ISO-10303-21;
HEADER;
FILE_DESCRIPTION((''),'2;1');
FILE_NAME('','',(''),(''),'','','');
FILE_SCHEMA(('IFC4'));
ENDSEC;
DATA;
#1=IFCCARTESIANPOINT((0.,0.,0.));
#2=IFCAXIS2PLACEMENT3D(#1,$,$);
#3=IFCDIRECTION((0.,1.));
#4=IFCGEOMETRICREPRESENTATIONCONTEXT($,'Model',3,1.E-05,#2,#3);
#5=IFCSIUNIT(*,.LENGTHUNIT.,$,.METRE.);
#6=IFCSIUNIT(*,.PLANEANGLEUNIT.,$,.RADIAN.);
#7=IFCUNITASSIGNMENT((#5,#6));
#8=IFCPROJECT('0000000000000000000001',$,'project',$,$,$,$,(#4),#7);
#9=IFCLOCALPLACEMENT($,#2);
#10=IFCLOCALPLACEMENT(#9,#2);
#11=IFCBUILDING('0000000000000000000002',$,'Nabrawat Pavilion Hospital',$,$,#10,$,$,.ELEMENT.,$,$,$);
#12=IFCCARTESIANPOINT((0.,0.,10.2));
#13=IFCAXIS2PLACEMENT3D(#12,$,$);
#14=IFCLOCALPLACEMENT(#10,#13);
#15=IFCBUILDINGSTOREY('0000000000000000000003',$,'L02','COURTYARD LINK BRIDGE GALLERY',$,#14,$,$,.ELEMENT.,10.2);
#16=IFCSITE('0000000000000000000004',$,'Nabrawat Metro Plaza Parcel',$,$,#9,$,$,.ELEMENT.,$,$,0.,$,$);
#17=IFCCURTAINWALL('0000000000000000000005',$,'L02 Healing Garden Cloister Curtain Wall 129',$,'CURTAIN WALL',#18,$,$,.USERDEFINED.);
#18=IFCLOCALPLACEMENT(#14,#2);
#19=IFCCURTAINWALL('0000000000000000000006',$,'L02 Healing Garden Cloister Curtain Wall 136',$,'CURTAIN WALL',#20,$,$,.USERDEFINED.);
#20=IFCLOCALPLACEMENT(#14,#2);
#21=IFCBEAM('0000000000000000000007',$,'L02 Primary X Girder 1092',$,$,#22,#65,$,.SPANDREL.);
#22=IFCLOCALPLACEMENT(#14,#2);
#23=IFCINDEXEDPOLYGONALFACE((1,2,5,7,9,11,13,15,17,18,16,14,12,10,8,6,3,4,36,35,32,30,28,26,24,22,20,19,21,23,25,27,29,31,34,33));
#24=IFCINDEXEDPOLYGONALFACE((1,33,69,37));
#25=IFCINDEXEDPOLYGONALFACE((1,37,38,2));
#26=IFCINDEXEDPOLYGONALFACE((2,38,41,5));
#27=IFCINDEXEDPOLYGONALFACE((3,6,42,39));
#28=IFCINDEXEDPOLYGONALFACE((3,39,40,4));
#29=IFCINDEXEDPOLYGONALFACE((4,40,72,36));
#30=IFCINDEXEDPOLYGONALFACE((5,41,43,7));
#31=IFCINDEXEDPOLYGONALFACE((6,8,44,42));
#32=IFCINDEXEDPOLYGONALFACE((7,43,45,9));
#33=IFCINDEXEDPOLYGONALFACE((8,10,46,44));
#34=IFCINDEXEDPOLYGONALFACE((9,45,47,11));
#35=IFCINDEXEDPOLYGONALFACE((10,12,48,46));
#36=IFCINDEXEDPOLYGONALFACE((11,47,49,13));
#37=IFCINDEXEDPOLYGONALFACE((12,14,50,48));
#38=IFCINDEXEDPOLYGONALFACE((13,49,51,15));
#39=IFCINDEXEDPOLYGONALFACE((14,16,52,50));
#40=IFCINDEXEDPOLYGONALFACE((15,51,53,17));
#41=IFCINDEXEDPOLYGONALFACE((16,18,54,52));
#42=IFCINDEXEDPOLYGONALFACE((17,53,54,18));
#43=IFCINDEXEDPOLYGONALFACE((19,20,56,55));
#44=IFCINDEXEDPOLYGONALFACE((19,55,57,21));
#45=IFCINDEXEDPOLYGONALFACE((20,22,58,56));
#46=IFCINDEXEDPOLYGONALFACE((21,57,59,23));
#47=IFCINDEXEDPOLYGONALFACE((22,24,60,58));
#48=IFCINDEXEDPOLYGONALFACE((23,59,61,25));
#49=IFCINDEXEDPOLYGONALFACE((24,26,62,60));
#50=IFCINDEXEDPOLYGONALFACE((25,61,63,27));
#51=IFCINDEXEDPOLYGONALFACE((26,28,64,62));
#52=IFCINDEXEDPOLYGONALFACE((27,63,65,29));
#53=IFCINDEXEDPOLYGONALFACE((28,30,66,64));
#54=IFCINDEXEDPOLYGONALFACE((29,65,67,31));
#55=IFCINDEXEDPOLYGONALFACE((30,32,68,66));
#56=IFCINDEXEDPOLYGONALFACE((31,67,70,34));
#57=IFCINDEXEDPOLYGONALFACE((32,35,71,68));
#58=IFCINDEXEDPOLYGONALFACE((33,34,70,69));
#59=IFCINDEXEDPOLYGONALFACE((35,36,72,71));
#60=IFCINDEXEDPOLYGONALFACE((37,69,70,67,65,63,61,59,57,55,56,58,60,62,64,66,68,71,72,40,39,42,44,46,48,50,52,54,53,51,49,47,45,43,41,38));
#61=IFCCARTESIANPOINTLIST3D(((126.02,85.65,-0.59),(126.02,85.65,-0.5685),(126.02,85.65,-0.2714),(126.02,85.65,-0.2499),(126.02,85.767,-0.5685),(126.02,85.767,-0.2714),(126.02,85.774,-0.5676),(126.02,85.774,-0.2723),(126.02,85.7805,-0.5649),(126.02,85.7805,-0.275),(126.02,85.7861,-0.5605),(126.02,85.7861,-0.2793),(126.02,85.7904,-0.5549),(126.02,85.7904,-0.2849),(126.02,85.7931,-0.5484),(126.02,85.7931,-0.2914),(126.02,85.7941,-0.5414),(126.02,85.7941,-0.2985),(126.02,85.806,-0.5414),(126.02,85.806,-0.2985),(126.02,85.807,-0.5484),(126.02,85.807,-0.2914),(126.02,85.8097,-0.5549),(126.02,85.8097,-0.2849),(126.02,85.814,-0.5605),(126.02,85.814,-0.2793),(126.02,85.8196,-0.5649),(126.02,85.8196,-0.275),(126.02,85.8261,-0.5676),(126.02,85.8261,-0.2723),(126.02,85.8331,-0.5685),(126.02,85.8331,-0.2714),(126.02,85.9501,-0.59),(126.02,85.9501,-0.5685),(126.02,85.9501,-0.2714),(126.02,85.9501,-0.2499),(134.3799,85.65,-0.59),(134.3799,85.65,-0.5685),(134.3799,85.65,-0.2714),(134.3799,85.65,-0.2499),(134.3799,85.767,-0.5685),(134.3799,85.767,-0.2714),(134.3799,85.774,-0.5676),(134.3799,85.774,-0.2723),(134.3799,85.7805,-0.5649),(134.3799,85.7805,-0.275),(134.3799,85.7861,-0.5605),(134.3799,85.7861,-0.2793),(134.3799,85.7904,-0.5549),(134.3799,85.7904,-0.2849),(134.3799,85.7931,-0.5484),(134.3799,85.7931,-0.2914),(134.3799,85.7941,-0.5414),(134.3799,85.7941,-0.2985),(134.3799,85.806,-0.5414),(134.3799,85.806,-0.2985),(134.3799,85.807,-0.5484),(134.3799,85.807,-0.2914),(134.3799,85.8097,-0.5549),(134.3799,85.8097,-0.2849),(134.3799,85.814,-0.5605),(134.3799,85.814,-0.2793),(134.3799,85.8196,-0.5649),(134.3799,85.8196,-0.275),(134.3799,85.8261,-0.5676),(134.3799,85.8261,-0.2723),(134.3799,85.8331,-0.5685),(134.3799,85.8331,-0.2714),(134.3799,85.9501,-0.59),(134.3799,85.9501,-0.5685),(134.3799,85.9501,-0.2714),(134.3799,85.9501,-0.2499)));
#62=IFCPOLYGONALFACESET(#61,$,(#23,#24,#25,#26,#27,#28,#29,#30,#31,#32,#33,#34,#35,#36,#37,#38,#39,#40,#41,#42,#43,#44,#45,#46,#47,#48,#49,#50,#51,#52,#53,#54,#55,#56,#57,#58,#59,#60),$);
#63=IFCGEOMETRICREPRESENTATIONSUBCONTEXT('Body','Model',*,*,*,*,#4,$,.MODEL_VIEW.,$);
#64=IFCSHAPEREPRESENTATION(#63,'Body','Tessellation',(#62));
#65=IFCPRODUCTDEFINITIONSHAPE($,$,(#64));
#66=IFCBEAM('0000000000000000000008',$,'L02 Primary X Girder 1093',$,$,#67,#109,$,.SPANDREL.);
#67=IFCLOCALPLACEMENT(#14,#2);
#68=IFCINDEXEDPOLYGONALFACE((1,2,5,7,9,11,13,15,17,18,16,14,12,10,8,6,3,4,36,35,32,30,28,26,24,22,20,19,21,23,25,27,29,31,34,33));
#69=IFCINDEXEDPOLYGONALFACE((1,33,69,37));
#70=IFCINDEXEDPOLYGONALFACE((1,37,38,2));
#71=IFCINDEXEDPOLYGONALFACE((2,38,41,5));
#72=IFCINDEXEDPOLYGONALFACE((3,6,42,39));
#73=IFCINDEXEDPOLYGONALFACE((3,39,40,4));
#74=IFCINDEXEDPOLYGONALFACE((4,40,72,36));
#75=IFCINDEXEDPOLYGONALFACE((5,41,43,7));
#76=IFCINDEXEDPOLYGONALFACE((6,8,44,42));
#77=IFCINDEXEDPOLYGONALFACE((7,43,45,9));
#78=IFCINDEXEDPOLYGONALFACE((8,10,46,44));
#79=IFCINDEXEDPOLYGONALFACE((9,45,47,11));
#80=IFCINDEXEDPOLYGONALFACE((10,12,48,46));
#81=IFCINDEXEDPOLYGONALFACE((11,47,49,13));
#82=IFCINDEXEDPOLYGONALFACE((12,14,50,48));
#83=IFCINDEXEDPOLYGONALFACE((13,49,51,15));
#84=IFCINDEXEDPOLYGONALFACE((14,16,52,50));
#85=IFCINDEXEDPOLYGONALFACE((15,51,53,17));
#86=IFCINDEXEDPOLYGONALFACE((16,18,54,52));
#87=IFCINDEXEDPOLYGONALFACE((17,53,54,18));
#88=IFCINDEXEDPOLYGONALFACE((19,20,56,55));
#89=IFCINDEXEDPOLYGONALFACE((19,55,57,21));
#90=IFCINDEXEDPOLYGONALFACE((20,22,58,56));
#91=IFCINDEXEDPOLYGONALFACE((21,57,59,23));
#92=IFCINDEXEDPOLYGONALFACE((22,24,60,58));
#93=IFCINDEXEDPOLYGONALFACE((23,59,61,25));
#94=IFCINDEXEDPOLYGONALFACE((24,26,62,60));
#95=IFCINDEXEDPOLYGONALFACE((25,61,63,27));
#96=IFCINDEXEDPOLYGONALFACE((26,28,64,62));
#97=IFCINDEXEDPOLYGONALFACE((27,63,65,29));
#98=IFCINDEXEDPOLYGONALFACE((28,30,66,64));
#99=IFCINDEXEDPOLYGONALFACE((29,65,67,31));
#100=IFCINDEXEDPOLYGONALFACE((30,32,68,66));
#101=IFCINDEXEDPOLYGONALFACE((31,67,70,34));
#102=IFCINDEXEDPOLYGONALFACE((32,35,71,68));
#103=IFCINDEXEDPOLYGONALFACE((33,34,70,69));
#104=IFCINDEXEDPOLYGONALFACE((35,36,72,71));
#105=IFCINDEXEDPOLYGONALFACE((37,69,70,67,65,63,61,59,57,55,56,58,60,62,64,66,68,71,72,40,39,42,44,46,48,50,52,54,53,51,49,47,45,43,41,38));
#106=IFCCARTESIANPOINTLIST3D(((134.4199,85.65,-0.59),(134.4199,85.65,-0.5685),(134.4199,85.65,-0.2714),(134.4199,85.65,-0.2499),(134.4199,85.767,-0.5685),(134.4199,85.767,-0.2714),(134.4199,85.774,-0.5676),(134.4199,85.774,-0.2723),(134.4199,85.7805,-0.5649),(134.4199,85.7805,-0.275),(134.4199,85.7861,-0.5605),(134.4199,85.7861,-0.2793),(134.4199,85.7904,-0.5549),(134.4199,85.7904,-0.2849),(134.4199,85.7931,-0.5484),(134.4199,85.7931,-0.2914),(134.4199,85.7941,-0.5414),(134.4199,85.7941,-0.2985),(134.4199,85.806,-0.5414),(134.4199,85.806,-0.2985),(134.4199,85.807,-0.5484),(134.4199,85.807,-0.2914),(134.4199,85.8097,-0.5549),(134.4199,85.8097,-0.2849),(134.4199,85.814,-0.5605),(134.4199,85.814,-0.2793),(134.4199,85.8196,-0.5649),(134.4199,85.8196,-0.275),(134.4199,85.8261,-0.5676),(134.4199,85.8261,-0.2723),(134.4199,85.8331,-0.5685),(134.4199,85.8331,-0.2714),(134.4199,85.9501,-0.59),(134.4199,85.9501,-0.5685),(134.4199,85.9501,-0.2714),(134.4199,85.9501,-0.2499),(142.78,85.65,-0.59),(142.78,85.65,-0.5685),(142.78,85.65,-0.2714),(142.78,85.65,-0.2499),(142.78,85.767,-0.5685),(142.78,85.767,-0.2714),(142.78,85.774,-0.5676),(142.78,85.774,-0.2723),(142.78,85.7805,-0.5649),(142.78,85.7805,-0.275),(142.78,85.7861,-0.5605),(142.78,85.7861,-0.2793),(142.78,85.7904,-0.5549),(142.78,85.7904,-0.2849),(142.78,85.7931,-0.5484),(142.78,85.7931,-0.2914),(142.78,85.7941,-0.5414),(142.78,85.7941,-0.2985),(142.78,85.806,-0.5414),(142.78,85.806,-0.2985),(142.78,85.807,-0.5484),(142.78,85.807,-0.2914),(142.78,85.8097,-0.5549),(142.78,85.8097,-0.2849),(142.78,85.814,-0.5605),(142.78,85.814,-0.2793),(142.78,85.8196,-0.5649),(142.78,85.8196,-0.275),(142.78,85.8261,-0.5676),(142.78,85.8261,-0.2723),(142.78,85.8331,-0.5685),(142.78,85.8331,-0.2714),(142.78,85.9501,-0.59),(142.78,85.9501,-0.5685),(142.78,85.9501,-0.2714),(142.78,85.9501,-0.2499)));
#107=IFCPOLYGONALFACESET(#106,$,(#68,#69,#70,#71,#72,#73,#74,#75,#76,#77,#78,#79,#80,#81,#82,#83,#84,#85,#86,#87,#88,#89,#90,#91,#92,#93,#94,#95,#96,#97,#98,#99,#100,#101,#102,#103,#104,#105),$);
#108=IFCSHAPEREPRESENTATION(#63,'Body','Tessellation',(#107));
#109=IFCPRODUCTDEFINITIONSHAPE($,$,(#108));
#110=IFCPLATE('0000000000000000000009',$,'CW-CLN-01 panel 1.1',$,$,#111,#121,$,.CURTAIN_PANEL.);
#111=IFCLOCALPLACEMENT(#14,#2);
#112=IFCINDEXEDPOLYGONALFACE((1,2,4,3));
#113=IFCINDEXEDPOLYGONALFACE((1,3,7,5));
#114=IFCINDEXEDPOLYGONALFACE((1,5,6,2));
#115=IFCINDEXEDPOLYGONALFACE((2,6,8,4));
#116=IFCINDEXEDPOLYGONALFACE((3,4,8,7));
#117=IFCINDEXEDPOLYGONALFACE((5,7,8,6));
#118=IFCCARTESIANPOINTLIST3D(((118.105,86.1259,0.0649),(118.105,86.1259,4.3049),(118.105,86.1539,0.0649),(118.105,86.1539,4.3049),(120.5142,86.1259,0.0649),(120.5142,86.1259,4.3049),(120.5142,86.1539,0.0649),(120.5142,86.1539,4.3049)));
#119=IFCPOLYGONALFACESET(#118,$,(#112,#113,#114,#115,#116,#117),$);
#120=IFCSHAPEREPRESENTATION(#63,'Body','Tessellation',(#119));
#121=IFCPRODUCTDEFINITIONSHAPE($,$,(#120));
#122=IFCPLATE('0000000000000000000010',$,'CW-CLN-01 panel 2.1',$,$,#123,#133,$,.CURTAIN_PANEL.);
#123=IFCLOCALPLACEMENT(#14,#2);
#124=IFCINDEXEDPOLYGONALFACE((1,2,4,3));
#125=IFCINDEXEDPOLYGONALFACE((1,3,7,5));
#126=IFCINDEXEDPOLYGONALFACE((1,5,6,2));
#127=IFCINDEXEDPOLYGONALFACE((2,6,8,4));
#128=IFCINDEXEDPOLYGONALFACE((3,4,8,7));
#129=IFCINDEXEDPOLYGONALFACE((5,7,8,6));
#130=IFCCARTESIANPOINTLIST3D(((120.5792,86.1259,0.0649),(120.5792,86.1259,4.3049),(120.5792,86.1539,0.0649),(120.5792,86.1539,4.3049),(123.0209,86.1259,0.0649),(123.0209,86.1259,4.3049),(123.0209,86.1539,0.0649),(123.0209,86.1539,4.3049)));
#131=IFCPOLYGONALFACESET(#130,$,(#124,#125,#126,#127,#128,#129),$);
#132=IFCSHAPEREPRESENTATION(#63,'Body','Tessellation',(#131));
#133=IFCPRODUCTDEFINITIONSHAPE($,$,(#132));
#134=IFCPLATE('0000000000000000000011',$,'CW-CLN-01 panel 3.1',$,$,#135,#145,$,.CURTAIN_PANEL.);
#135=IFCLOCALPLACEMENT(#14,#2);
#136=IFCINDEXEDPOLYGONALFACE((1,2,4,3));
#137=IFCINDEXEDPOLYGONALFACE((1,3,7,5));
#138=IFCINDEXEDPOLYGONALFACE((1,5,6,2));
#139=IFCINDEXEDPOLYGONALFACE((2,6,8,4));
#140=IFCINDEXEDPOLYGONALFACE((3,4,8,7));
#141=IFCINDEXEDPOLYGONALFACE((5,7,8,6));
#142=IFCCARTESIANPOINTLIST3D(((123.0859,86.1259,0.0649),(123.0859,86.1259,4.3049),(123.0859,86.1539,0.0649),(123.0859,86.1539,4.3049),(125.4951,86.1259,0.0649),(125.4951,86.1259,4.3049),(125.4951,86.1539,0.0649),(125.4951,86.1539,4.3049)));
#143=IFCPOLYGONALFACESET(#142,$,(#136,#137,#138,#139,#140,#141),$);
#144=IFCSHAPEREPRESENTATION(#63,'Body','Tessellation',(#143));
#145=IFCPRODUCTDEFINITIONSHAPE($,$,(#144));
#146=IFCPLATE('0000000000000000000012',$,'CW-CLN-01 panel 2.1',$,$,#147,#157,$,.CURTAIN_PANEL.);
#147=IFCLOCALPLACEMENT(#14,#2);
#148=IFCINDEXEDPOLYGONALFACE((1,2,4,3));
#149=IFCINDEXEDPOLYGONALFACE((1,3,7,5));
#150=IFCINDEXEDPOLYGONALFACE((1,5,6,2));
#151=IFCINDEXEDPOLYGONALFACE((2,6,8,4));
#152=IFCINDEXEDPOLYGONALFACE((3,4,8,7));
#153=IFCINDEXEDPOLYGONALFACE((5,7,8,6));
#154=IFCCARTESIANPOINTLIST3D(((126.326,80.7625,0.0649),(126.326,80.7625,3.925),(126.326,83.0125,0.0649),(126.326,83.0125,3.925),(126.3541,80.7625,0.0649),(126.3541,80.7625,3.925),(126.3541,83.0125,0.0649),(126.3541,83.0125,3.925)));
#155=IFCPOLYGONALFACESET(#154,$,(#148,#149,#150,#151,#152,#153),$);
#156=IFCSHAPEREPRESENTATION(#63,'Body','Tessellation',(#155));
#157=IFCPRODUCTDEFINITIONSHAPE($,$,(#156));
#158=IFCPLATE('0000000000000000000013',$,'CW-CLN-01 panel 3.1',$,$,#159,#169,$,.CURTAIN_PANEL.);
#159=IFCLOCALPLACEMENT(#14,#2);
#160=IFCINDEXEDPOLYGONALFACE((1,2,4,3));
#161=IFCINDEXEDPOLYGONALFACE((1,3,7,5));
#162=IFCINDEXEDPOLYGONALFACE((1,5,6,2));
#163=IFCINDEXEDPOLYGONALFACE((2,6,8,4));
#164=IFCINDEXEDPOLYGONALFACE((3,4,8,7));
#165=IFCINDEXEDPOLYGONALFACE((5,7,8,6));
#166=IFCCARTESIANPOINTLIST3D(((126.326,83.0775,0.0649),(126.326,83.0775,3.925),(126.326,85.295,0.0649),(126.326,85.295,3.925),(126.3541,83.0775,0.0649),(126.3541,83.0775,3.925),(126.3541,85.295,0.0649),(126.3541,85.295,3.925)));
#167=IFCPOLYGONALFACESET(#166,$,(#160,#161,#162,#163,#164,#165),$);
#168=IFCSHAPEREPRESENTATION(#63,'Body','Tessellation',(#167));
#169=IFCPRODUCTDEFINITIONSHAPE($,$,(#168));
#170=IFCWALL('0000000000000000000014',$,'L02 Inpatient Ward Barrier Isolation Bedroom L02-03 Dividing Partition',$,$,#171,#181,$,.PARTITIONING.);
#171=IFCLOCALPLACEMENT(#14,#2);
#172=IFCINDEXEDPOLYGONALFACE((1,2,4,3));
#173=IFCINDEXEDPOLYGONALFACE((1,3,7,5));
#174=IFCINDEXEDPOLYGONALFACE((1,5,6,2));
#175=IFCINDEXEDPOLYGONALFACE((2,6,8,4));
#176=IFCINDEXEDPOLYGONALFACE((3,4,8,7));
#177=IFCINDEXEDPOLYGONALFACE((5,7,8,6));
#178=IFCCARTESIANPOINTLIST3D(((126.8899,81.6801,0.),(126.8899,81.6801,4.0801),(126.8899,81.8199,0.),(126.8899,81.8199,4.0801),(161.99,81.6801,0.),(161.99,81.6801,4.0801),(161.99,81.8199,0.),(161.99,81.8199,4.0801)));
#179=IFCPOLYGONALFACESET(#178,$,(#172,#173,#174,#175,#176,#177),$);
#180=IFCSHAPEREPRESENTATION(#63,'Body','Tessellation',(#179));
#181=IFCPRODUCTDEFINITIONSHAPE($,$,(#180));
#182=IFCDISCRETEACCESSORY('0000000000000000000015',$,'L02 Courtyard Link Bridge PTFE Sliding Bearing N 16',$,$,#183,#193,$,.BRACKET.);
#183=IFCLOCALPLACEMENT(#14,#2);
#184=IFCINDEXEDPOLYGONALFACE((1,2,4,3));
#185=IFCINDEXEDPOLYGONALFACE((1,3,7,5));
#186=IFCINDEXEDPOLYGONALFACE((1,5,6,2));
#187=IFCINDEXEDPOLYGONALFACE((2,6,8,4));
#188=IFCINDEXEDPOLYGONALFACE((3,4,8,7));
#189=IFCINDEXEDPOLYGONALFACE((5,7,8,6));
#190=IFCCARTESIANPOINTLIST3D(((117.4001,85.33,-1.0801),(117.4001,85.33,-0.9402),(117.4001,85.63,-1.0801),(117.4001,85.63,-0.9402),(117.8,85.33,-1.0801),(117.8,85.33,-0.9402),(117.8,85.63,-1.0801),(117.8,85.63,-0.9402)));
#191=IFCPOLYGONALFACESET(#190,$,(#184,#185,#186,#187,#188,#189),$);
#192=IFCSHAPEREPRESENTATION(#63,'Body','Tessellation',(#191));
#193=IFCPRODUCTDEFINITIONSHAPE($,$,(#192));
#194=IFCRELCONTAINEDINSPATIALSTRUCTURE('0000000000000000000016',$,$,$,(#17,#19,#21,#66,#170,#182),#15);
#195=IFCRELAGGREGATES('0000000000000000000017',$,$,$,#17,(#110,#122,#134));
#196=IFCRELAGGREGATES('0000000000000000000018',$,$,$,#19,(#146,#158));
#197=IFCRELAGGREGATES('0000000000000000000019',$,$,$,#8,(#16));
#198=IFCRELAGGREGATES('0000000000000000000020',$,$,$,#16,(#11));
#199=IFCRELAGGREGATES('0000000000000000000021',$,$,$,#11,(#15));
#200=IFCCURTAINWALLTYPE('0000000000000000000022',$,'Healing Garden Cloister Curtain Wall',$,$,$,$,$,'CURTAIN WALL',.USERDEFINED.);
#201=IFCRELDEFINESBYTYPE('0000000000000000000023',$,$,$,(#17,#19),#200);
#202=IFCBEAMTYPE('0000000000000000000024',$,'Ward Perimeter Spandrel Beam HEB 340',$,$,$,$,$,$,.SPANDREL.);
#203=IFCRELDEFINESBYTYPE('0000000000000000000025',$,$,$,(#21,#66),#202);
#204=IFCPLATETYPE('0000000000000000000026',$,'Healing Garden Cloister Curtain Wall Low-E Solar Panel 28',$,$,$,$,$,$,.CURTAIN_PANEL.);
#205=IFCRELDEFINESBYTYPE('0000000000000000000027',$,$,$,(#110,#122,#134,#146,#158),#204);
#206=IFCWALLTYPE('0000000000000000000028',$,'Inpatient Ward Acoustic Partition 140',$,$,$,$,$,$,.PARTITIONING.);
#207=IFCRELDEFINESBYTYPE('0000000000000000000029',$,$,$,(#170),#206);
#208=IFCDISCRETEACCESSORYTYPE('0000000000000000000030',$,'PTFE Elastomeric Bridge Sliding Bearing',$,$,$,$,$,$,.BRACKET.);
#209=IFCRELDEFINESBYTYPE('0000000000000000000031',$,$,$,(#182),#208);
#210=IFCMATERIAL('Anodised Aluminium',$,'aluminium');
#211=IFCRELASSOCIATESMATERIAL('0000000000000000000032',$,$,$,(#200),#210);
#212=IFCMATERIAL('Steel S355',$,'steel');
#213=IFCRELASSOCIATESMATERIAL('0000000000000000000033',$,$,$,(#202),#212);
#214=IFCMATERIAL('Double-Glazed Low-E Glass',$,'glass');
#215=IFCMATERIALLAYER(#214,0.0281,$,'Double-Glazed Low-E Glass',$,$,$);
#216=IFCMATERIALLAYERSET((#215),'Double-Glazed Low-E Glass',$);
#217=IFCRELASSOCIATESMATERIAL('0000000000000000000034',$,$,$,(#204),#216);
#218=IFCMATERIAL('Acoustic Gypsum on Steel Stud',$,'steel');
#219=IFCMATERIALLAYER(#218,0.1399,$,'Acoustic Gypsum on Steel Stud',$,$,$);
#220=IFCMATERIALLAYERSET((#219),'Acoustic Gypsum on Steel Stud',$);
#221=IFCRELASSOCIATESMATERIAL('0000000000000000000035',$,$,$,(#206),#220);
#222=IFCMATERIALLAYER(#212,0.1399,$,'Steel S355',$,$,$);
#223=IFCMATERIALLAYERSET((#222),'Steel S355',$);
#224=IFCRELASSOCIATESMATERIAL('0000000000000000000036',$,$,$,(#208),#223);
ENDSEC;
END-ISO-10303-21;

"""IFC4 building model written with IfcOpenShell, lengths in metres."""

from ifc_helpers import new_model, si_unit, direction, frame, frame_2d, origin, origin_2d, place, context, subcontext, project, spatial, rectangle, i_section, extrude, material, layer, layer_set, material_profile, profile_set, type_object, element, aggregate, save


model = new_model("IFC4")

# Units and contexts
model_context = context("Model", 3, precision=1e-05, world=origin(), true_north=direction((0.0, 1.0)))
body_context = subcontext(model_context, "Body", "Model", "MODEL_VIEW")
ifc_project = project(units=[si_unit("LENGTHUNIT", "METRE"), si_unit("PLANEANGLEUNIT", "RADIAN")], contexts=[model_context])

# Site, building, storey
site_placement = place(None, origin())
site = spatial("IfcSite", under=ifc_project, at=site_placement, Name="Nabrawat Metro Plaza Parcel", CompositionType="ELEMENT", RefElevation=0.0)
building_placement = place(site_placement, origin())
building = spatial("IfcBuilding", under=site, at=building_placement, Name="Nabrawat Pavilion Hospital", CompositionType="ELEMENT")
storey_placement = place(building_placement, frame((0.0, 0.0, 10.2)))
storey = spatial("IfcBuildingStorey", under=building, at=storey_placement, Name="L02", Description="COURTYARD LINK BRIDGE GALLERY", CompositionType="ELEMENT", Elevation=10.2)

# Shared definitions
ifc_material_1 = material(Name="Steel S355", Category="steel")

# Curtain walls
ifc_material_2 = material(Name="Anodised Aluminium", Category="aluminium")
curtain_wall_type = type_object("IfcCurtainWallType", Name="Healing Garden Cloister Curtain Wall", ElementType="CURTAIN WALL", PredefinedType="USERDEFINED", material=ifc_material_2)
curtain_wall_1_placement = place(storey_placement, origin())
curtain_wall_1 = element("IfcCurtainWall", 1, at=curtain_wall_1_placement, inside=storey, type_object=curtain_wall_type, Name="L02 Healing Garden Cloister Curtain Wall 129", ObjectType="CURTAIN WALL", PredefinedType="USERDEFINED")
curtain_wall_2_placement = place(storey_placement, origin())
curtain_wall_2 = element("IfcCurtainWall", 2, at=curtain_wall_2_placement, inside=storey, type_object=curtain_wall_type, Name="L02 Healing Garden Cloister Curtain Wall 136", ObjectType="CURTAIN WALL", PredefinedType="USERDEFINED")

# Beams
ifc_material_profile_1 = material_profile(ifc_material_1, i_section(OverallWidth=0.3, OverallDepth=0.3401, WebThickness=0.012, FlangeThickness=0.0215, FilletRadius=0.0271, at=origin_2d()), Name="HEB 340")
ifc_profile_set_1 = profile_set([ifc_material_profile_1], Name="Steel S355")
beam_type_1 = type_object("IfcBeamType", Name="Ward Perimeter Spandrel Beam HEB 340", PredefinedType="SPANDREL", material=ifc_profile_set_1)
beam_1_placement = place(storey_placement, frame((126.02, 85.8, -0.4199), z_axis=(1.0, 0.0, 0.0), x_axis=(0.0, 1.0, 0.0)))
element("IfcBeam", 3, at=beam_1_placement, inside=storey, type_object=beam_type_1, Name="L02 Primary X Girder 1092", PredefinedType="SPANDREL", context=body_context, shape_type="SweptSolid", body=[
    extrude(i_section(OverallWidth=0.3, OverallDepth=0.3401, WebThickness=0.012, FlangeThickness=0.0215, FilletRadius=0.0271, at=origin_2d()), origin(), (0.0, 0.0, 1.0), 8.3599),
])
beam_2_placement = place(storey_placement, frame((134.4199, 85.8, -0.4199), z_axis=(1.0, 0.0, 0.0), x_axis=(0.0, 1.0, 0.0)))
element("IfcBeam", 4, at=beam_2_placement, inside=storey, type_object=beam_type_1, Name="L02 Primary X Girder 1093", PredefinedType="SPANDREL", context=body_context, shape_type="SweptSolid", body=[
    extrude(i_section(OverallWidth=0.3, OverallDepth=0.3401, WebThickness=0.012, FlangeThickness=0.0215, FilletRadius=0.0271, at=origin_2d()), origin(), (0.0, 0.0, 1.0), 8.3601),
])

# Plates
ifc_material_3 = material(Name="Double-Glazed Low-E Glass", Category="glass")
ifc_layer_1 = layer(ifc_material_3, 0.0281, Name="Double-Glazed Low-E Glass")
ifc_layer_set_1 = layer_set([ifc_layer_1], Name="Double-Glazed Low-E Glass")
plate_type = type_object("IfcPlateType", Name="Healing Garden Cloister Curtain Wall Low-E Solar Panel 28", PredefinedType="CURTAIN_PANEL", material=ifc_layer_set_1)
plate_1_placement = place(storey_placement, frame((119.3096, 86.1399, 0.0649), z_axis=(0.0, 0.0, 1.0), x_axis=(1.0, 0.0, 0.0)))
plate_1 = element("IfcPlate", 5, at=plate_1_placement, type_object=plate_type, Name="CW-CLN-01 panel 1.1", PredefinedType="CURTAIN_PANEL", context=body_context, shape_type="SweptSolid", body=[
    extrude(rectangle(XDim=2.4092, YDim=0.0281, at=origin_2d()), origin(), (0.0, 0.0, 1.0), 4.24),
])
plate_2_placement = place(storey_placement, frame((121.8, 86.1399, 0.0649), z_axis=(0.0, 0.0, 1.0), x_axis=(1.0, 0.0, 0.0)))
plate_2 = element("IfcPlate", 6, at=plate_2_placement, type_object=plate_type, Name="CW-CLN-01 panel 2.1", PredefinedType="CURTAIN_PANEL", context=body_context, shape_type="SweptSolid", body=[
    extrude(rectangle(XDim=2.4417, YDim=0.0281, at=origin_2d()), origin(), (0.0, 0.0, 1.0), 4.24),
])
plate_3_placement = place(storey_placement, frame((124.2905, 86.1399, 0.0649), z_axis=(0.0, 0.0, 1.0), x_axis=(1.0, 0.0, 0.0)))
plate_3 = element("IfcPlate", 7, at=plate_3_placement, type_object=plate_type, Name="CW-CLN-01 panel 3.1", PredefinedType="CURTAIN_PANEL", context=body_context, shape_type="SweptSolid", body=[
    extrude(rectangle(XDim=2.4092, YDim=0.0281, at=origin_2d()), origin(), (0.0, 0.0, 1.0), 4.24),
])
aggregate(curtain_wall_1, [plate_1, plate_2, plate_3])
plate_4_placement = place(storey_placement, frame((126.3401, 81.8875, 0.0649), z_axis=(0.0, 0.0, 1.0), x_axis=(0.0, 1.0, 0.0)))
plate_4 = element("IfcPlate", 8, at=plate_4_placement, type_object=plate_type, Name="CW-CLN-01 panel 2.1", PredefinedType="CURTAIN_PANEL", context=body_context, shape_type="SweptSolid", body=[
    extrude(rectangle(XDim=2.25, YDim=0.0281, at=origin_2d()), origin(), (0.0, 0.0, 1.0), 3.8601),
])
plate_5_placement = place(storey_placement, frame((126.3401, 84.1863, 0.0649), z_axis=(0.0, 0.0, 1.0), x_axis=(0.0, 1.0, 0.0)))
plate_5 = element("IfcPlate", 9, at=plate_5_placement, type_object=plate_type, Name="CW-CLN-01 panel 3.1", PredefinedType="CURTAIN_PANEL", context=body_context, shape_type="SweptSolid", body=[
    extrude(rectangle(XDim=2.2175, YDim=0.0281, at=origin_2d()), origin(), (0.0, 0.0, 1.0), 3.8601),
])
aggregate(curtain_wall_2, [plate_4, plate_5])

# Wall
ifc_material_4 = material(Name="Acoustic Gypsum on Steel Stud", Category="steel")
ifc_layer_2 = layer(ifc_material_4, 0.1399, Name="Acoustic Gypsum on Steel Stud")
ifc_layer_set_2 = layer_set([ifc_layer_2], Name="Acoustic Gypsum on Steel Stud")
wall_type = type_object("IfcWallType", Name="Inpatient Ward Acoustic Partition 140", PredefinedType="PARTITIONING", material=ifc_layer_set_2)
wall_placement = place(storey_placement, frame((126.8899, 81.75, 0.0), z_axis=(0.0, 0.0, 1.0), x_axis=(1.0, 0.0, 0.0)))
element("IfcWall", 10, at=wall_placement, inside=storey, type_object=wall_type, Name="L02 Inpatient Ward Barrier Isolation Bedroom L02-03 Dividing Partition", PredefinedType="PARTITIONING", context=body_context, shape_type="SweptSolid", body=[
    extrude(rectangle(XDim=35.1001, YDim=0.1399, at=frame_2d((17.55, 0.0))), origin(), (0.0, 0.0, 1.0), 4.0801),
])

# Discrete accessory
ifc_layer_3 = layer(ifc_material_1, 0.1399, Name="Steel S355")
ifc_layer_set_3 = layer_set([ifc_layer_3], Name="Steel S355")
discrete_accessory_type_1 = type_object("IfcDiscreteAccessoryType", Name="PTFE Elastomeric Bridge Sliding Bearing", PredefinedType="BRACKET", material=ifc_layer_set_3)
discrete_accessory_1_placement = place(storey_placement, frame((117.6001, 85.48, -1.0801), z_axis=(0.0, 0.0, 1.0), x_axis=(1.0, 0.0, 0.0)))
element("IfcDiscreteAccessory", 11, at=discrete_accessory_1_placement, inside=storey, type_object=discrete_accessory_type_1, Name="L02 Courtyard Link Bridge PTFE Sliding Bearing N 16", PredefinedType="BRACKET", context=body_context, shape_type="SweptSolid", body=[
    extrude(rectangle(XDim=0.3999, YDim=0.3, at=origin_2d()), origin(), (0.0, 0.0, 1.0), 0.1399),
])

save(model, "model.ifc")
